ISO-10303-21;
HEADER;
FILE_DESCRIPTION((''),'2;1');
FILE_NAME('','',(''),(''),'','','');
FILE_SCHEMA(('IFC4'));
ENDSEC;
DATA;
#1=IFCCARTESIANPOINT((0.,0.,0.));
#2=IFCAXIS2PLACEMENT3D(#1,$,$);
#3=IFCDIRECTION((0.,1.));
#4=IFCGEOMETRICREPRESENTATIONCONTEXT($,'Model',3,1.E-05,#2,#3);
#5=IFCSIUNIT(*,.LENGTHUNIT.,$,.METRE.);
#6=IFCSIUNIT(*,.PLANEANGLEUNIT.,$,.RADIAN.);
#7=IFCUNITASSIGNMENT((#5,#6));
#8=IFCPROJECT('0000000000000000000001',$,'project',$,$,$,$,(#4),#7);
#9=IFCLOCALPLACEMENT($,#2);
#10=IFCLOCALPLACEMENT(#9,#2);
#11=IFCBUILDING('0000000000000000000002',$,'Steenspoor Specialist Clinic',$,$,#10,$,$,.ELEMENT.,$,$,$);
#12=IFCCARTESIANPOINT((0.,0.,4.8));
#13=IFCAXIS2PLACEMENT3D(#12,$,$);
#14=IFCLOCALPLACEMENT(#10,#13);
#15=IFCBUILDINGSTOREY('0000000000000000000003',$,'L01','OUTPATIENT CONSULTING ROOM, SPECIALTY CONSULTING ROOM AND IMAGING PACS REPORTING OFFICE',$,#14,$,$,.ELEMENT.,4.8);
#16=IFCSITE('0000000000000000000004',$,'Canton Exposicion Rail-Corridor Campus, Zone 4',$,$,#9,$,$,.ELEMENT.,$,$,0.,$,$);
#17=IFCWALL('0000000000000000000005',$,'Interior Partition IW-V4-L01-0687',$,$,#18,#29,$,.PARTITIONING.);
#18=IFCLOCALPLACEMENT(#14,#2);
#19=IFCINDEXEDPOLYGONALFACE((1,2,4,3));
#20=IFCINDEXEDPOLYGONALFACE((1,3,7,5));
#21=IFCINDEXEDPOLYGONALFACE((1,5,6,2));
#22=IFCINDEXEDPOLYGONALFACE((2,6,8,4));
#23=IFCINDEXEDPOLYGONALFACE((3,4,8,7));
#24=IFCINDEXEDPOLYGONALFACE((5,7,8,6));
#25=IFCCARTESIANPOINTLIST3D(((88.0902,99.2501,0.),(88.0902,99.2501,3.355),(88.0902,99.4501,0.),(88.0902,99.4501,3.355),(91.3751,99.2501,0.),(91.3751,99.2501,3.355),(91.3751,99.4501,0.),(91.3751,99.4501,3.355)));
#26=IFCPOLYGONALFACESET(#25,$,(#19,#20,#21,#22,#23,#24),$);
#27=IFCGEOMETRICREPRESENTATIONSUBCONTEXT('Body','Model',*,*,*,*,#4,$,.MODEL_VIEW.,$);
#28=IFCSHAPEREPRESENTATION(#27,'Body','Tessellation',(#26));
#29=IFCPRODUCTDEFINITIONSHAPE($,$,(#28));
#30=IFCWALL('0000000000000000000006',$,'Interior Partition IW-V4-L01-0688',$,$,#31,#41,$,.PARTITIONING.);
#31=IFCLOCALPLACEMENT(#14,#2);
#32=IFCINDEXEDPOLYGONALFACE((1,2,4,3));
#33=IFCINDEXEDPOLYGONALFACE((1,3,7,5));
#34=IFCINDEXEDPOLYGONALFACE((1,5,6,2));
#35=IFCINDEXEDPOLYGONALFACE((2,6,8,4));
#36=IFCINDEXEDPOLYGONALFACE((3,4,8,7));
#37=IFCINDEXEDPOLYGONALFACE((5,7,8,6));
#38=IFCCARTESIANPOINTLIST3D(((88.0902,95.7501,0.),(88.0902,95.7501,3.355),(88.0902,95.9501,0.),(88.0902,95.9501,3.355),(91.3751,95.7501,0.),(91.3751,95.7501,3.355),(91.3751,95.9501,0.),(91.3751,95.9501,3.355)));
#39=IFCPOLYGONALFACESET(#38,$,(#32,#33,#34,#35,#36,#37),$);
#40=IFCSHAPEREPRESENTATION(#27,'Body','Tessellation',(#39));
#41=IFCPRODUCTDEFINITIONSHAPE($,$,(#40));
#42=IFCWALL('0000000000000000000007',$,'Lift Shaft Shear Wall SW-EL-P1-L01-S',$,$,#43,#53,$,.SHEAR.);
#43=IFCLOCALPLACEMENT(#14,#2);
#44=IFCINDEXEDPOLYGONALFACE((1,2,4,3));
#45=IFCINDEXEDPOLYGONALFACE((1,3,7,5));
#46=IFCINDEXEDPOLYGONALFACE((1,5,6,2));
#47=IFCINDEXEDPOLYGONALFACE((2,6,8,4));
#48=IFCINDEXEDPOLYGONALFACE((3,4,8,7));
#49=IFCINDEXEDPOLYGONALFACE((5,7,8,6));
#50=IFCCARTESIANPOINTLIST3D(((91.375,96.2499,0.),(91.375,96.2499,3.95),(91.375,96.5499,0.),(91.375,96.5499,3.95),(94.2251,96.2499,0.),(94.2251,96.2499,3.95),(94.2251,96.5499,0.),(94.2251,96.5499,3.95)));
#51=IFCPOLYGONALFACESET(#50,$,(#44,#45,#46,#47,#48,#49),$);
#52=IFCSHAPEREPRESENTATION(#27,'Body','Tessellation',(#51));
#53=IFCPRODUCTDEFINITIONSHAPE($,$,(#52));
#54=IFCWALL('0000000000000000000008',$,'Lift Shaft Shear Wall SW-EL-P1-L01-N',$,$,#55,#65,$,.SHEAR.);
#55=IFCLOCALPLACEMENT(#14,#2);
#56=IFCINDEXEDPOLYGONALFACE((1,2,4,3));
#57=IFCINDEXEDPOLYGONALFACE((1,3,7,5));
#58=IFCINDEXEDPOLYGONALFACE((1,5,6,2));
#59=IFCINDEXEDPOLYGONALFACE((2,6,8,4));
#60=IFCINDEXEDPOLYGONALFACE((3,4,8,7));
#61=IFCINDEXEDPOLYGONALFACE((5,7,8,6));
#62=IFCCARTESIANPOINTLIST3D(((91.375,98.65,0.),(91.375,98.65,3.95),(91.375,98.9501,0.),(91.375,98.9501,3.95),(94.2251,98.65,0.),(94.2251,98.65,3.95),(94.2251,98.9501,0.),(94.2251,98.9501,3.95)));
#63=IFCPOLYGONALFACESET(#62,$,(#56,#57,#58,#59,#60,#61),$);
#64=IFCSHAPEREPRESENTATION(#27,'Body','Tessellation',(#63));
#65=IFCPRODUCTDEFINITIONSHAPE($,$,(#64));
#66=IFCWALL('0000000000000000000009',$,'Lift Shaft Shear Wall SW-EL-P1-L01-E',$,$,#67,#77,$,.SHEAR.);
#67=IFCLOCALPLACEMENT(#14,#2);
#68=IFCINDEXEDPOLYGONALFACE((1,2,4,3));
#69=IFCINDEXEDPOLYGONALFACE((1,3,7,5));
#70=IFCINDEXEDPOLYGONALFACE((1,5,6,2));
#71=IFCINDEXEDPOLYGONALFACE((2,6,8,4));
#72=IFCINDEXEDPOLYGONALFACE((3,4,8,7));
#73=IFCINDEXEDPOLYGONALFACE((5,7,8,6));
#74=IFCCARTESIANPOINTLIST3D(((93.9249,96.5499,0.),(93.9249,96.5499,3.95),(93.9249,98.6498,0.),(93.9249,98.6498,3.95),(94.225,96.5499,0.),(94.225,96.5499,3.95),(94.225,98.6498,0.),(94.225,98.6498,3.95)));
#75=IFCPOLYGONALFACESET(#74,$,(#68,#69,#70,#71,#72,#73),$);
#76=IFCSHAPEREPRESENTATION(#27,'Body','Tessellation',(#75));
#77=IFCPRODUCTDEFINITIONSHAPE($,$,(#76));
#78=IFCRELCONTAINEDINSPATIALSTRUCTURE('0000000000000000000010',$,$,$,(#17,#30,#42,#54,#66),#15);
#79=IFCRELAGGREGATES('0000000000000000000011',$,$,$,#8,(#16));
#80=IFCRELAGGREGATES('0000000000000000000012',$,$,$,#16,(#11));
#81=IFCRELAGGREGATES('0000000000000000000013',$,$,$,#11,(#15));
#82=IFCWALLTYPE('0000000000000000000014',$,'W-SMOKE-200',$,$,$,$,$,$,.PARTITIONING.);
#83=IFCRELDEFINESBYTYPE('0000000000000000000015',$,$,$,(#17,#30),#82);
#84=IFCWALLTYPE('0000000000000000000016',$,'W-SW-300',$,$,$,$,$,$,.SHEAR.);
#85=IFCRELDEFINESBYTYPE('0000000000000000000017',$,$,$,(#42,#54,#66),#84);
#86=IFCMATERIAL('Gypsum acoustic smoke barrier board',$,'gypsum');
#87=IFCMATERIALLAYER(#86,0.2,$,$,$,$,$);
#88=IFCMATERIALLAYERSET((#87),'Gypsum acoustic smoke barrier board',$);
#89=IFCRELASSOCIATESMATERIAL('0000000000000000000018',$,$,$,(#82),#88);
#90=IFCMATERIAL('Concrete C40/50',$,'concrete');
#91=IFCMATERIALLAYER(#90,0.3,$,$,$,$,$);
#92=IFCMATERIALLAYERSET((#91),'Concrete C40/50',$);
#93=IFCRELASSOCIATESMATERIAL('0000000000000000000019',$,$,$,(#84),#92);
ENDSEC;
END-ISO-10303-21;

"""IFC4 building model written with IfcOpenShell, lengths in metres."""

from ifc_helpers import new_model, si_unit, direction, frame, frame_2d, origin, place, context, subcontext, project, spatial, rectangle, extrude, material, layer, layer_set, type_object, element, save


model = new_model("IFC4")

# Units and contexts
model_context = context("Model", 3, precision=1e-05, world=origin(), true_north=direction((0.0, 1.0)))
body_context = subcontext(model_context, "Body", "Model", "MODEL_VIEW")
ifc_project = project(units=[si_unit("LENGTHUNIT", "METRE"), si_unit("PLANEANGLEUNIT", "RADIAN")], contexts=[model_context])

# Site, building, storey
site_placement = place(None, origin())
site = spatial("IfcSite", under=ifc_project, at=site_placement, Name="Canton Exposicion Rail-Corridor Campus, Zone 4", CompositionType="ELEMENT", RefElevation=0.0)
building_placement = place(site_placement, origin())
building = spatial("IfcBuilding", under=site, at=building_placement, Name="Steenspoor Specialist Clinic", CompositionType="ELEMENT")
storey_placement = place(building_placement, frame((0.0, 0.0, 4.8)))
storey = spatial("IfcBuildingStorey", under=building, at=storey_placement, Name="L01", Description="OUTPATIENT CONSULTING ROOM, SPECIALTY CONSULTING ROOM AND IMAGING PACS REPORTING OFFICE", CompositionType="ELEMENT", Elevation=4.8)

# Shared definitions
ifc_material_1 = material(Name="Concrete C40/50", Category="concrete")

# Shared definitions
ifc_material_2 = material(Name="Gypsum acoustic smoke barrier board", Category="gypsum")
ifc_layer_1 = layer(ifc_material_2, 0.2)
ifc_layer_set_1 = layer_set([ifc_layer_1], Name="Gypsum acoustic smoke barrier board")
wall_type_1 = type_object("IfcWallType", Name="W-SMOKE-200", PredefinedType="PARTITIONING", material=ifc_layer_set_1)

# Walls
for number, where, z_axis, x_axis, name in (
    (1, (88.0901, 99.3501, 0.0), (0.0, 0.0, 1.0), (1.0, 0.0, 0.0), "Interior Partition IW-V4-L01-0687"),
    (2, (88.0901, 95.8501, 0.0), (0.0, 0.0, 1.0), (1.0, 0.0, 0.0), "Interior Partition IW-V4-L01-0688"),
):
    element("IfcWall", number, at=place(storey_placement, frame(where, z_axis=z_axis, x_axis=x_axis)), inside=storey, type_object=wall_type_1, Name=name, PredefinedType="PARTITIONING", context=body_context, shape_type="SweptSolid", body=[
        extrude(rectangle(XDim=3.2849, YDim=0.2, at=frame_2d((1.6426, 0.0))), origin(), (0.0, 0.0, 1.0), 3.355),
    ])
ifc_layer_2 = layer(ifc_material_1, 0.3)
ifc_layer_set_2 = layer_set([ifc_layer_2], Name="Concrete C40/50")
wall_type_2 = type_object("IfcWallType", Name="W-SW-300", PredefinedType="SHEAR", material=ifc_layer_set_2)
for number, where, z_axis, x_axis, name in (
    (3, (91.375, 96.3999, 0.0), (0.0, 0.0, 1.0), (1.0, 0.0, 0.0), "Lift Shaft Shear Wall SW-EL-P1-L01-S"),
    (4, (91.375, 98.8, 0.0), (0.0, 0.0, 1.0), (1.0, 0.0, 0.0), "Lift Shaft Shear Wall SW-EL-P1-L01-N"),
):
    element("IfcWall", number, at=place(storey_placement, frame(where, z_axis=z_axis, x_axis=x_axis)), inside=storey, type_object=wall_type_2, Name=name, PredefinedType="SHEAR", context=body_context, shape_type="SweptSolid", body=[
        extrude(rectangle(XDim=2.8501, YDim=0.3, at=frame_2d((1.425, 0.0))), origin(), (0.0, 0.0, 1.0), 3.95),
    ])

# Wall
wall_1_placement = place(storey_placement, frame((94.075, 96.55, 0.0), z_axis=(0.0, 0.0, 1.0), x_axis=(0.0, 1.0, 0.0)))
element("IfcWall", 5, at=wall_1_placement, inside=storey, type_object=wall_type_2, Name="Lift Shaft Shear Wall SW-EL-P1-L01-E", PredefinedType="SHEAR", context=body_context, shape_type="SweptSolid", body=[
    extrude(rectangle(XDim=2.0999, YDim=0.3, at=frame_2d((1.0498, 0.0))), origin(), (0.0, 0.0, 1.0), 3.95),
])

save(model, "model.ifc")
